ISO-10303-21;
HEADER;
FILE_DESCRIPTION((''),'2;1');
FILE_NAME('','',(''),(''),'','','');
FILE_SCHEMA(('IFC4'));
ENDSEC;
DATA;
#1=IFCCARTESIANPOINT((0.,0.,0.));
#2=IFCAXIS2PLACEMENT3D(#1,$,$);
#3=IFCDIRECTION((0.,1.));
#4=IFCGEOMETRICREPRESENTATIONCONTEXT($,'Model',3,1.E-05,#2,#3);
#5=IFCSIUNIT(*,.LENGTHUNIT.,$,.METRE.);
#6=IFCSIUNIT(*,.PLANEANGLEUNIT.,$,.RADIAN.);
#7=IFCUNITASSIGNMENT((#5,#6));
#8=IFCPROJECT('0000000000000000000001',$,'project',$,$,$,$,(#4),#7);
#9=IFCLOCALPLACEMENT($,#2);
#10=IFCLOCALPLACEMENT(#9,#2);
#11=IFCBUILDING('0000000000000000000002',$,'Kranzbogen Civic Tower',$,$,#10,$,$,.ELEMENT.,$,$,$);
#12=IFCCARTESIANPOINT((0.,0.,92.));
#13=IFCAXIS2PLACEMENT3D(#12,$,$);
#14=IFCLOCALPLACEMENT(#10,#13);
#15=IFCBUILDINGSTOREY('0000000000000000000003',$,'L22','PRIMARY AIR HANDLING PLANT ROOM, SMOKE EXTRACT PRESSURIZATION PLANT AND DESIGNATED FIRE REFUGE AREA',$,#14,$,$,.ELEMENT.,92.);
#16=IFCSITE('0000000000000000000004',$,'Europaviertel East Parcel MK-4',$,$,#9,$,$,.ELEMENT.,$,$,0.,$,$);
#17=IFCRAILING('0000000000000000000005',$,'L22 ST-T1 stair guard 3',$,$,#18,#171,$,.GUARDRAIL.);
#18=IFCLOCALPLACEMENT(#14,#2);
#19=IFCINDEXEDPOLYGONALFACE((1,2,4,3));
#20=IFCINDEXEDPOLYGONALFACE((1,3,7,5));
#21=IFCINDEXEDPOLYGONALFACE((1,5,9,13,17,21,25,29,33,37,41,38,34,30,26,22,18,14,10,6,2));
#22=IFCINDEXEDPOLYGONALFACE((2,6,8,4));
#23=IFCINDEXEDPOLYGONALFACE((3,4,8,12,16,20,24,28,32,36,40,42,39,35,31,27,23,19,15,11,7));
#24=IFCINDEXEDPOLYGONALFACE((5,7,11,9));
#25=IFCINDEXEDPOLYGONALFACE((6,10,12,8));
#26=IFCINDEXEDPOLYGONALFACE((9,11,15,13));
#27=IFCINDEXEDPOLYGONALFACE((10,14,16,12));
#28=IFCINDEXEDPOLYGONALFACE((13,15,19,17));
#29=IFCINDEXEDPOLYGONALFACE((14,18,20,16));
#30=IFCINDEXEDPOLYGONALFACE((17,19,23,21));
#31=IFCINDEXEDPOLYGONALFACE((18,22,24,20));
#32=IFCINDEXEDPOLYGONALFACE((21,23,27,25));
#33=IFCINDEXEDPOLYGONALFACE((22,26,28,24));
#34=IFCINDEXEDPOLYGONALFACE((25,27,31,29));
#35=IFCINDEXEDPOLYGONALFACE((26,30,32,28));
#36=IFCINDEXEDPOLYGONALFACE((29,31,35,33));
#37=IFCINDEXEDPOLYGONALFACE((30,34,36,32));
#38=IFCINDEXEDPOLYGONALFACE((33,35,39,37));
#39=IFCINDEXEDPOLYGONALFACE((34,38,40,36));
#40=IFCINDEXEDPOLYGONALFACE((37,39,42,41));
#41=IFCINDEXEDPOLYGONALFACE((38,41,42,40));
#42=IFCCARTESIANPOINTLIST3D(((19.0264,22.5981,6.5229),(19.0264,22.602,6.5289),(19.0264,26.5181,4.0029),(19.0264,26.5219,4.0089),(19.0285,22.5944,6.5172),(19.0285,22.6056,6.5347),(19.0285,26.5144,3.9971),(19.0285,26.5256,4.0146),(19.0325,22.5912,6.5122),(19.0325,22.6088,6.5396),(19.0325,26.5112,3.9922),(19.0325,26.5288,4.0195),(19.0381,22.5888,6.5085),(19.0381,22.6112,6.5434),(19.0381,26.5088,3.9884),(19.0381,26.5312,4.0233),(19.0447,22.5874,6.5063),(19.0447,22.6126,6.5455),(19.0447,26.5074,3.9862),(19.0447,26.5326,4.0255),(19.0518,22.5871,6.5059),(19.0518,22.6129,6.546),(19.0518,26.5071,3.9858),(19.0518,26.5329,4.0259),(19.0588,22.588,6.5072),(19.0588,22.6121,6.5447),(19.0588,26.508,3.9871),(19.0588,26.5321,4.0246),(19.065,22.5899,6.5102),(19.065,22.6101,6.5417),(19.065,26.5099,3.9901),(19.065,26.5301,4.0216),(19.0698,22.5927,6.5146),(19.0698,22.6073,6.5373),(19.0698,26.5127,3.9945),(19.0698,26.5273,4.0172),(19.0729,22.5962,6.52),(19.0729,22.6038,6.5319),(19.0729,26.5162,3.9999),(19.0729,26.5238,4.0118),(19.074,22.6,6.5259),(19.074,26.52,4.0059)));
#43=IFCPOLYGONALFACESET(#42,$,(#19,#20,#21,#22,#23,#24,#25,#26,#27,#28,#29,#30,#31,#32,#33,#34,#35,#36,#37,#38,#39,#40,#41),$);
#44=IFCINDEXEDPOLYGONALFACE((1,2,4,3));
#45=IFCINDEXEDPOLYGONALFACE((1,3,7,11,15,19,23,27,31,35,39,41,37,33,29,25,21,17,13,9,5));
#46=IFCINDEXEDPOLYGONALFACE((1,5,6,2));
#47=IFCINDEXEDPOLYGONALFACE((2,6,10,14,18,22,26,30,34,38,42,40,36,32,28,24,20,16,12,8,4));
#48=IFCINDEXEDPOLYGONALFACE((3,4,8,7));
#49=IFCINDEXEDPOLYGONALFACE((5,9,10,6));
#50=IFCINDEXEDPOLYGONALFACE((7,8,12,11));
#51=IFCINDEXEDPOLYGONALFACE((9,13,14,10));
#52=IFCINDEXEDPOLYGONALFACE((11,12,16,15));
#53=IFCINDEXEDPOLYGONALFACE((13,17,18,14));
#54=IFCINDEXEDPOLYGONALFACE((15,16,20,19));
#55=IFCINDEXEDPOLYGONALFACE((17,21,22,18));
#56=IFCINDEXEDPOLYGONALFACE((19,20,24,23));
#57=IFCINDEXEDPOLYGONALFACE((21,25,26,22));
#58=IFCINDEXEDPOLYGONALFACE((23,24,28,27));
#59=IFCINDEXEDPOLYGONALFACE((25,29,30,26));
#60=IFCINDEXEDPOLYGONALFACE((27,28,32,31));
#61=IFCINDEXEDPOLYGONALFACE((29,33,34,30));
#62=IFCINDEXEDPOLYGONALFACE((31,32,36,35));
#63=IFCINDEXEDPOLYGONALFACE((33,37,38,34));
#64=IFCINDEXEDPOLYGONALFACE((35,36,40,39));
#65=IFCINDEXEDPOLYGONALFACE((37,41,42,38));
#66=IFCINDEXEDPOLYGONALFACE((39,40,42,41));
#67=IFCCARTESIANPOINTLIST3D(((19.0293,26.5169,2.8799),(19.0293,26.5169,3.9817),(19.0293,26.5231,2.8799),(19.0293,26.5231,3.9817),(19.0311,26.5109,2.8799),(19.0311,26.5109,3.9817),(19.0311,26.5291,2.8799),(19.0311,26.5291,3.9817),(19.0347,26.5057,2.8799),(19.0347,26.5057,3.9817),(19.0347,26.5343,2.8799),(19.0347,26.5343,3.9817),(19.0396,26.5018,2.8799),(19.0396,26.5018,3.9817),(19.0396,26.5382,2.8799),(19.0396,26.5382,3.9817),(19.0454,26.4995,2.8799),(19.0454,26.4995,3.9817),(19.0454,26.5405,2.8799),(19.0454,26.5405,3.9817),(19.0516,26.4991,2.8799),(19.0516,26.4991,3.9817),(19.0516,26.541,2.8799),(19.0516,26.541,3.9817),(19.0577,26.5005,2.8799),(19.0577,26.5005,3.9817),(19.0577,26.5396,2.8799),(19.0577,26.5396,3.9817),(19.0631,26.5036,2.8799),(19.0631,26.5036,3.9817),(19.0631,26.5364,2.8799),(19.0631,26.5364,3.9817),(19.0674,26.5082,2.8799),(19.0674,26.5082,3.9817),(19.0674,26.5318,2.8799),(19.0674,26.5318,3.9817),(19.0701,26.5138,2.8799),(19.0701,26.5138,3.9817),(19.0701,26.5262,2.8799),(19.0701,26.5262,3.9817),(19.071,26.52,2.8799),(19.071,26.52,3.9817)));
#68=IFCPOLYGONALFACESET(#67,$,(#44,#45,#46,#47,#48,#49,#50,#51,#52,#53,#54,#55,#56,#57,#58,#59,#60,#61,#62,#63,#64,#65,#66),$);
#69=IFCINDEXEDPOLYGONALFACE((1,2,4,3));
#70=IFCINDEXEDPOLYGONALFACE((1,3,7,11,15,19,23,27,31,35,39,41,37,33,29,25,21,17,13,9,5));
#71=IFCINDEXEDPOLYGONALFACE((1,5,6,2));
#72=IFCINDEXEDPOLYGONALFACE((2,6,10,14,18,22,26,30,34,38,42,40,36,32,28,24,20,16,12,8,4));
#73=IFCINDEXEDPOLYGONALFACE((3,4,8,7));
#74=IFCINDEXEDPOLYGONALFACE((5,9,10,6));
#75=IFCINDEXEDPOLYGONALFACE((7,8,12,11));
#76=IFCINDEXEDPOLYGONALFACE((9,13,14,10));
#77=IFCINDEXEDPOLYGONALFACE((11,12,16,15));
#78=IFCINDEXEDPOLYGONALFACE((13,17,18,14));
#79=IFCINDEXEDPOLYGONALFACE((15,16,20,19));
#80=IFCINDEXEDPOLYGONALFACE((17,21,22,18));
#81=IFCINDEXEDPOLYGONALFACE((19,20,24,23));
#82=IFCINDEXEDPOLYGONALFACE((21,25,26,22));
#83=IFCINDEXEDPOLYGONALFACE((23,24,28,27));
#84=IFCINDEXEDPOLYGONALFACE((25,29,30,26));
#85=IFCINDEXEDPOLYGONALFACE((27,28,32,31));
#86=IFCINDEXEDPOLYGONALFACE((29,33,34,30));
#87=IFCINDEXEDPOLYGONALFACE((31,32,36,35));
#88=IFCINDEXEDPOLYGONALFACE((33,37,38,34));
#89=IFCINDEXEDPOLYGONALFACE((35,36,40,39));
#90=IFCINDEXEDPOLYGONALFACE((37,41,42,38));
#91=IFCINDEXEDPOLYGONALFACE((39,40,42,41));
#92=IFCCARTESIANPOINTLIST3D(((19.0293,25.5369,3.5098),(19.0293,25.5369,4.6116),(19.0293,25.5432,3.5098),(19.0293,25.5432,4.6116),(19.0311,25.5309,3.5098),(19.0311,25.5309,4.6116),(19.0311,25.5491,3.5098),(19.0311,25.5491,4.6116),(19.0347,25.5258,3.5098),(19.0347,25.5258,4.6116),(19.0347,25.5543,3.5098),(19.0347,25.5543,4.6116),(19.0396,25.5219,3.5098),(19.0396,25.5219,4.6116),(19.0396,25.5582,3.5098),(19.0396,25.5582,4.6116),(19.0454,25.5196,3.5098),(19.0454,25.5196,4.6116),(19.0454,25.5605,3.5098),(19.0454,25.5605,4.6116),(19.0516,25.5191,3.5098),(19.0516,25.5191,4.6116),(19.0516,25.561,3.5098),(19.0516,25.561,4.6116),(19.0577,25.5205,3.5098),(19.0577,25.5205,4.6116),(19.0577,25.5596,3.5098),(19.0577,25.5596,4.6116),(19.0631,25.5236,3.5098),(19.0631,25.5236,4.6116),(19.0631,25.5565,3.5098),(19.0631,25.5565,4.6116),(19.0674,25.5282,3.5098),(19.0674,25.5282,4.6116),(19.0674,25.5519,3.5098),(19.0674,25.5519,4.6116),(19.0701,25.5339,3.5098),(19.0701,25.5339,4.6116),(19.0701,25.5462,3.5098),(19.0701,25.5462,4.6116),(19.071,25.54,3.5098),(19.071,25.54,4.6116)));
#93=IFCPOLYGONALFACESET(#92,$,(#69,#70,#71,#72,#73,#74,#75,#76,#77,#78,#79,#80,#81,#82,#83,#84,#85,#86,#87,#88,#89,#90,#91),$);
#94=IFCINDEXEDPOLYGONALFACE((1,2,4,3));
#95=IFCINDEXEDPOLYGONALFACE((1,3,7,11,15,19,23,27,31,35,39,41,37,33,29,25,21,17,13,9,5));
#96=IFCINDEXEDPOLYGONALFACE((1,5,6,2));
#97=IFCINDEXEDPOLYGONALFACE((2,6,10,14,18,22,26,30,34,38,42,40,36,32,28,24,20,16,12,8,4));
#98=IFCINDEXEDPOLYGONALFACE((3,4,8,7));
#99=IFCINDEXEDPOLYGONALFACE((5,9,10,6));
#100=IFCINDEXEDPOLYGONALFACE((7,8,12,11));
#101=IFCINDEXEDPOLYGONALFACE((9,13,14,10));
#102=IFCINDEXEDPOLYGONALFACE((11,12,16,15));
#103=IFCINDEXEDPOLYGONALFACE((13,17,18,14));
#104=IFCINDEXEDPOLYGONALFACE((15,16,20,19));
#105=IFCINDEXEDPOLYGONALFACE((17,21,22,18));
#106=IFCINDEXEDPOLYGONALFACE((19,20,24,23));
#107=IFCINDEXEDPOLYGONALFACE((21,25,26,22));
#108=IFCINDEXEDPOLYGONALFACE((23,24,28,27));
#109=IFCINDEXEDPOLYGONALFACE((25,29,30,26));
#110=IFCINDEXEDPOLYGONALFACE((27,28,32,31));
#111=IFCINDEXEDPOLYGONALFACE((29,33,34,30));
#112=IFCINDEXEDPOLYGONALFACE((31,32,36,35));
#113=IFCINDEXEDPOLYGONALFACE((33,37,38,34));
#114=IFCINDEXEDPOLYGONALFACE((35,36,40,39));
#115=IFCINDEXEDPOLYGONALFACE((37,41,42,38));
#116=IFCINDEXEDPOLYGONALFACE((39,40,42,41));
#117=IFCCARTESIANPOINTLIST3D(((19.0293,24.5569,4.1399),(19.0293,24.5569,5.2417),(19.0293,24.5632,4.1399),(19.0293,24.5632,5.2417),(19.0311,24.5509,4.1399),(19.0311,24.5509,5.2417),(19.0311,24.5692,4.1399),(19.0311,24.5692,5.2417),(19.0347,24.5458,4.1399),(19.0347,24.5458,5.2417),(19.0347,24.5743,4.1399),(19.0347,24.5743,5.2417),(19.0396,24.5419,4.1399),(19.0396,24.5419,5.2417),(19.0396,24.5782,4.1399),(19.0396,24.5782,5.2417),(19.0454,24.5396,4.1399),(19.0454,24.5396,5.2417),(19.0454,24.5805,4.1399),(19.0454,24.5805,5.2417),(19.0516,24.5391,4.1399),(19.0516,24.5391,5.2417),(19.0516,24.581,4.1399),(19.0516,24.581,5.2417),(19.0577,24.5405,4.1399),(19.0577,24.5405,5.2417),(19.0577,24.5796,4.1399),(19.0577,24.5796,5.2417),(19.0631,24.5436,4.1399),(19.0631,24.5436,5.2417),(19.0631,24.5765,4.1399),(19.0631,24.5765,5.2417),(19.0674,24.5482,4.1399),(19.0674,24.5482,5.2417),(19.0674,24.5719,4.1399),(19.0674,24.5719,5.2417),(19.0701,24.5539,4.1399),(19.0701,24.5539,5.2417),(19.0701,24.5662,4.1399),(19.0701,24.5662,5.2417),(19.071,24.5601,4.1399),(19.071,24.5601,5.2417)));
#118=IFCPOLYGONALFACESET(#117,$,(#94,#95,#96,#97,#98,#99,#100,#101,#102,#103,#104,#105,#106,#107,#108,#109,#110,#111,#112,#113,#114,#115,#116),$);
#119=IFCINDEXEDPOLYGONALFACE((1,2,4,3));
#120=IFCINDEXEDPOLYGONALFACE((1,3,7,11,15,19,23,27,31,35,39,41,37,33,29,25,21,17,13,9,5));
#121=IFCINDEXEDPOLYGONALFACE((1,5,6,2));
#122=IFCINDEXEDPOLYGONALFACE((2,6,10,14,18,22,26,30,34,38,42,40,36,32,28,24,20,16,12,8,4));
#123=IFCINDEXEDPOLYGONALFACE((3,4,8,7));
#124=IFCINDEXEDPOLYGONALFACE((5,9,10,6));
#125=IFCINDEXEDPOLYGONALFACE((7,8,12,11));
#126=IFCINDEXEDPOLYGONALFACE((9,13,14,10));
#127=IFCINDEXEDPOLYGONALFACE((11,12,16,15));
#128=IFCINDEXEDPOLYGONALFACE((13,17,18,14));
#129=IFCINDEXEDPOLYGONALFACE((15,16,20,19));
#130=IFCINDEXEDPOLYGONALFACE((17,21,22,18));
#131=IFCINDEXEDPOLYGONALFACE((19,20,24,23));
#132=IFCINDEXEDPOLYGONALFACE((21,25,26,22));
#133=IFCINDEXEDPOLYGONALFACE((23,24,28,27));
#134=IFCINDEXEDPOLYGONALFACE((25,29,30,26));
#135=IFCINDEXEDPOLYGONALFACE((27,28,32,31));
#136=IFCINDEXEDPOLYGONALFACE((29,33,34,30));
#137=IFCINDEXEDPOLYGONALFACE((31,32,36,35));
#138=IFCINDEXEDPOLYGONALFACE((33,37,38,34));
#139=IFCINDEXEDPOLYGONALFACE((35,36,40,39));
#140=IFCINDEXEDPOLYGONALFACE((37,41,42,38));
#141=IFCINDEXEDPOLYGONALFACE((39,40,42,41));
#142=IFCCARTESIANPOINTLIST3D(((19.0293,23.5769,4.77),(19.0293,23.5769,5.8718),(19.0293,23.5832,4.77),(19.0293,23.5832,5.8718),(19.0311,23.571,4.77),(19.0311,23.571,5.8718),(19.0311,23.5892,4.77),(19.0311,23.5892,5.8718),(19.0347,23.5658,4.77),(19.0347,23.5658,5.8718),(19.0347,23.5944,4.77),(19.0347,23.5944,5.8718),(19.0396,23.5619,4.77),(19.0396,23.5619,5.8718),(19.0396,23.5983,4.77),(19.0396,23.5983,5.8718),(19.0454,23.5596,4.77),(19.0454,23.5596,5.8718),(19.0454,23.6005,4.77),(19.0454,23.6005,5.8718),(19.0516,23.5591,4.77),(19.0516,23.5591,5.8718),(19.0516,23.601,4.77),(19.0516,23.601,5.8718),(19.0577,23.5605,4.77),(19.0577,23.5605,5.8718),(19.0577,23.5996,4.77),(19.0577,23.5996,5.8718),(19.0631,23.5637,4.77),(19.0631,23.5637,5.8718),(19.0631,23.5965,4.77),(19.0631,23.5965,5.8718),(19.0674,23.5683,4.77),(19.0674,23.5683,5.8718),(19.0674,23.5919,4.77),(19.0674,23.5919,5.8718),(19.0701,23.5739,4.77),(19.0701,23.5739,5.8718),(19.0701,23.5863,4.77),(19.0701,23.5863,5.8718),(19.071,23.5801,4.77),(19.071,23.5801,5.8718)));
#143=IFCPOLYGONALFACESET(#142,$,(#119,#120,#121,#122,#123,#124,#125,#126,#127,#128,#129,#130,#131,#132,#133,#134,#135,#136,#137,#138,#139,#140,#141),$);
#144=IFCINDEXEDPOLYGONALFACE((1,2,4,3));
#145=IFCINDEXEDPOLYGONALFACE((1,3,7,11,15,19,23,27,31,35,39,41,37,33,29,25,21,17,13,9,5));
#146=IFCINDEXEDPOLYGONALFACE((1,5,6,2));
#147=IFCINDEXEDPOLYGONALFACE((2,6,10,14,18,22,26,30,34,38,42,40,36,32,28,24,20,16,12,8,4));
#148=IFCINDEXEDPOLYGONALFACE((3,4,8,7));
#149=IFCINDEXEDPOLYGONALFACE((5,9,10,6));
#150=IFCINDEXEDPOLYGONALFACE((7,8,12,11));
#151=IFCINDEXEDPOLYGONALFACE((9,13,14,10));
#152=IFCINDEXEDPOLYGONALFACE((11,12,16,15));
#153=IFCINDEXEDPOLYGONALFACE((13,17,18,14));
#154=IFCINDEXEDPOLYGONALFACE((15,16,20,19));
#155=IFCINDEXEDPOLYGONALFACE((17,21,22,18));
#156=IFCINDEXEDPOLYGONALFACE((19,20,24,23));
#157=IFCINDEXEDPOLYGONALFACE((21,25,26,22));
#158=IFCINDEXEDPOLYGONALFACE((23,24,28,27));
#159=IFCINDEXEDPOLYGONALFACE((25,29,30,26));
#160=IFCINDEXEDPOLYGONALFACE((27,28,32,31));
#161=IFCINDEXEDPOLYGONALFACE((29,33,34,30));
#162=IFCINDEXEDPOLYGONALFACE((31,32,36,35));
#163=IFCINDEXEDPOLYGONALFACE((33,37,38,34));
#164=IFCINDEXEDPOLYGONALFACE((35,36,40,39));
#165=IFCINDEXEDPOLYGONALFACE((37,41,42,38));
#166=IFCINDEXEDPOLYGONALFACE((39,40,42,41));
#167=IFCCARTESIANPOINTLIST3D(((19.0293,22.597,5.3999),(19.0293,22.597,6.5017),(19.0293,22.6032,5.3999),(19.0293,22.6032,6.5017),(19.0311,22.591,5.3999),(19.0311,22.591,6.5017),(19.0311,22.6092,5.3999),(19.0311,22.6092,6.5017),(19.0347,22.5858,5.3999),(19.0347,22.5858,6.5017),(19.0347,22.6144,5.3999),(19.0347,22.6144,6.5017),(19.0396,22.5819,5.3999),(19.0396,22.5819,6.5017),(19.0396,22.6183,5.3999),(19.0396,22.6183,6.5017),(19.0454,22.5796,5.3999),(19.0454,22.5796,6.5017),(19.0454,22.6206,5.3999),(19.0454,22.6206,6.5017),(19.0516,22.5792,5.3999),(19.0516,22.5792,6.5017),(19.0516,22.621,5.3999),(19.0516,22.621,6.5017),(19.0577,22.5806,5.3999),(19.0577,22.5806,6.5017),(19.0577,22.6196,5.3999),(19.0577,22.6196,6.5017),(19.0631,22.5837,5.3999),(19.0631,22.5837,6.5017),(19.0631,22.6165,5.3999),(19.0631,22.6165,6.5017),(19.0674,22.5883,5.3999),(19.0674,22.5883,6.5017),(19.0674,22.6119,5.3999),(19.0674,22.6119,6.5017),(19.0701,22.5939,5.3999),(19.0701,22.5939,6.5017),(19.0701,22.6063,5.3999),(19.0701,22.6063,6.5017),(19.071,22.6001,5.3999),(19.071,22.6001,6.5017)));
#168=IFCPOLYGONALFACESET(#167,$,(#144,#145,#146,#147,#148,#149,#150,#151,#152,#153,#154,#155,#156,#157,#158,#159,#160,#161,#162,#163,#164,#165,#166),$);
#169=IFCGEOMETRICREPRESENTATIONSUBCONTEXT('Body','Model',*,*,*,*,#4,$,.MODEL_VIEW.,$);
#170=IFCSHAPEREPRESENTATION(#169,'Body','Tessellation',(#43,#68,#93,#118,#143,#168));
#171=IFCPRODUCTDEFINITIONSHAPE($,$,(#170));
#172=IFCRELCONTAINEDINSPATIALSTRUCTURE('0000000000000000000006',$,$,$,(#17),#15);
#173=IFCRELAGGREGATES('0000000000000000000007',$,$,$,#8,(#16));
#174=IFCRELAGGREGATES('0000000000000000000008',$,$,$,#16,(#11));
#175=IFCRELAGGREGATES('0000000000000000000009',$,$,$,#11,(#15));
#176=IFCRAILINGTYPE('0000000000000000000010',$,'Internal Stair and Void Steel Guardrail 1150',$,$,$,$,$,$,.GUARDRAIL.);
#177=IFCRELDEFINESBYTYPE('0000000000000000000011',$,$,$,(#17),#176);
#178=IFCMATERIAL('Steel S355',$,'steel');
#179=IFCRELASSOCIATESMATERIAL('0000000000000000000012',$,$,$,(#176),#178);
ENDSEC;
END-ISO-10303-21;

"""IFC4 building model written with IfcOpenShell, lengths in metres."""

from ifc_helpers import new_model, si_unit, direction, frame, origin, origin_2d, place, context, subcontext, project, spatial, circle, extrude, material, type_object, element, save


model = new_model("IFC4")

# Units and contexts
model_context = context("Model", 3, precision=1e-05, world=origin(), true_north=direction((0.0, 1.0)))
body_context = subcontext(model_context, "Body", "Model", "MODEL_VIEW")
ifc_project = project(units=[si_unit("LENGTHUNIT", "METRE"), si_unit("PLANEANGLEUNIT", "RADIAN")], contexts=[model_context])

# Site, building, storey
site_placement = place(None, origin())
site = spatial("IfcSite", under=ifc_project, at=site_placement, Name="Europaviertel East Parcel MK-4", CompositionType="ELEMENT", RefElevation=0.0)
building_placement = place(site_placement, origin())
building = spatial("IfcBuilding", under=site, at=building_placement, Name="Kranzbogen Civic Tower", CompositionType="ELEMENT")
storey_placement = place(building_placement, frame((0.0, 0.0, 92.0)))
storey = spatial("IfcBuildingStorey", under=building, at=storey_placement, Name="L22", Description="PRIMARY AIR HANDLING PLANT ROOM, SMOKE EXTRACT PRESSURIZATION PLANT AND DESIGNATED FIRE REFUGE AREA", CompositionType="ELEMENT", Elevation=92.0)

# Shared definitions
ifc_material_1 = material(Name="Steel S355", Category="steel")

# Railing
railing_type_1 = type_object("IfcRailingType", Name="Internal Stair and Void Steel Guardrail 1150", PredefinedType="GUARDRAIL", material=ifc_material_1)
railing_1_placement = place(storey_placement, frame((19.05, 26.52, 2.8799)))
element("IfcRailing", 1, at=railing_1_placement, inside=storey, type_object=railing_type_1, Name="L22 ST-T1 stair guard 3", PredefinedType="GUARDRAIL", context=body_context, shape_type="SweptSolid", body=[
    extrude(circle(Radius=0.0239, at=origin_2d()), frame((0.0, 0.0, 1.126), z_axis=(0.0, -0.841172, 0.540768), x_axis=(1.0, 0.0, 0.0)), (0.0, 0.0, 1.0), 4.6602),
    extrude(circle(Radius=0.021, at=origin_2d()), origin(), (0.0, 0.0, 1.0), 1.1018),
    extrude(circle(Radius=0.021, at=origin_2d()), frame((0.0, -0.98, 0.6299)), (0.0, 0.0, 1.0), 1.1018),
    extrude(circle(Radius=0.021, at=origin_2d()), frame((0.0, -1.96, 1.26)), (0.0, 0.0, 1.0), 1.1018),
    extrude(circle(Radius=0.021, at=origin_2d()), frame((0.0, -2.9399, 1.8901)), (0.0, 0.0, 1.0), 1.1018),
    extrude(circle(Radius=0.021, at=origin_2d()), frame((0.0, -3.9199, 2.52)), (0.0, 0.0, 1.0), 1.1018),
])

save(model, "model.ifc")
